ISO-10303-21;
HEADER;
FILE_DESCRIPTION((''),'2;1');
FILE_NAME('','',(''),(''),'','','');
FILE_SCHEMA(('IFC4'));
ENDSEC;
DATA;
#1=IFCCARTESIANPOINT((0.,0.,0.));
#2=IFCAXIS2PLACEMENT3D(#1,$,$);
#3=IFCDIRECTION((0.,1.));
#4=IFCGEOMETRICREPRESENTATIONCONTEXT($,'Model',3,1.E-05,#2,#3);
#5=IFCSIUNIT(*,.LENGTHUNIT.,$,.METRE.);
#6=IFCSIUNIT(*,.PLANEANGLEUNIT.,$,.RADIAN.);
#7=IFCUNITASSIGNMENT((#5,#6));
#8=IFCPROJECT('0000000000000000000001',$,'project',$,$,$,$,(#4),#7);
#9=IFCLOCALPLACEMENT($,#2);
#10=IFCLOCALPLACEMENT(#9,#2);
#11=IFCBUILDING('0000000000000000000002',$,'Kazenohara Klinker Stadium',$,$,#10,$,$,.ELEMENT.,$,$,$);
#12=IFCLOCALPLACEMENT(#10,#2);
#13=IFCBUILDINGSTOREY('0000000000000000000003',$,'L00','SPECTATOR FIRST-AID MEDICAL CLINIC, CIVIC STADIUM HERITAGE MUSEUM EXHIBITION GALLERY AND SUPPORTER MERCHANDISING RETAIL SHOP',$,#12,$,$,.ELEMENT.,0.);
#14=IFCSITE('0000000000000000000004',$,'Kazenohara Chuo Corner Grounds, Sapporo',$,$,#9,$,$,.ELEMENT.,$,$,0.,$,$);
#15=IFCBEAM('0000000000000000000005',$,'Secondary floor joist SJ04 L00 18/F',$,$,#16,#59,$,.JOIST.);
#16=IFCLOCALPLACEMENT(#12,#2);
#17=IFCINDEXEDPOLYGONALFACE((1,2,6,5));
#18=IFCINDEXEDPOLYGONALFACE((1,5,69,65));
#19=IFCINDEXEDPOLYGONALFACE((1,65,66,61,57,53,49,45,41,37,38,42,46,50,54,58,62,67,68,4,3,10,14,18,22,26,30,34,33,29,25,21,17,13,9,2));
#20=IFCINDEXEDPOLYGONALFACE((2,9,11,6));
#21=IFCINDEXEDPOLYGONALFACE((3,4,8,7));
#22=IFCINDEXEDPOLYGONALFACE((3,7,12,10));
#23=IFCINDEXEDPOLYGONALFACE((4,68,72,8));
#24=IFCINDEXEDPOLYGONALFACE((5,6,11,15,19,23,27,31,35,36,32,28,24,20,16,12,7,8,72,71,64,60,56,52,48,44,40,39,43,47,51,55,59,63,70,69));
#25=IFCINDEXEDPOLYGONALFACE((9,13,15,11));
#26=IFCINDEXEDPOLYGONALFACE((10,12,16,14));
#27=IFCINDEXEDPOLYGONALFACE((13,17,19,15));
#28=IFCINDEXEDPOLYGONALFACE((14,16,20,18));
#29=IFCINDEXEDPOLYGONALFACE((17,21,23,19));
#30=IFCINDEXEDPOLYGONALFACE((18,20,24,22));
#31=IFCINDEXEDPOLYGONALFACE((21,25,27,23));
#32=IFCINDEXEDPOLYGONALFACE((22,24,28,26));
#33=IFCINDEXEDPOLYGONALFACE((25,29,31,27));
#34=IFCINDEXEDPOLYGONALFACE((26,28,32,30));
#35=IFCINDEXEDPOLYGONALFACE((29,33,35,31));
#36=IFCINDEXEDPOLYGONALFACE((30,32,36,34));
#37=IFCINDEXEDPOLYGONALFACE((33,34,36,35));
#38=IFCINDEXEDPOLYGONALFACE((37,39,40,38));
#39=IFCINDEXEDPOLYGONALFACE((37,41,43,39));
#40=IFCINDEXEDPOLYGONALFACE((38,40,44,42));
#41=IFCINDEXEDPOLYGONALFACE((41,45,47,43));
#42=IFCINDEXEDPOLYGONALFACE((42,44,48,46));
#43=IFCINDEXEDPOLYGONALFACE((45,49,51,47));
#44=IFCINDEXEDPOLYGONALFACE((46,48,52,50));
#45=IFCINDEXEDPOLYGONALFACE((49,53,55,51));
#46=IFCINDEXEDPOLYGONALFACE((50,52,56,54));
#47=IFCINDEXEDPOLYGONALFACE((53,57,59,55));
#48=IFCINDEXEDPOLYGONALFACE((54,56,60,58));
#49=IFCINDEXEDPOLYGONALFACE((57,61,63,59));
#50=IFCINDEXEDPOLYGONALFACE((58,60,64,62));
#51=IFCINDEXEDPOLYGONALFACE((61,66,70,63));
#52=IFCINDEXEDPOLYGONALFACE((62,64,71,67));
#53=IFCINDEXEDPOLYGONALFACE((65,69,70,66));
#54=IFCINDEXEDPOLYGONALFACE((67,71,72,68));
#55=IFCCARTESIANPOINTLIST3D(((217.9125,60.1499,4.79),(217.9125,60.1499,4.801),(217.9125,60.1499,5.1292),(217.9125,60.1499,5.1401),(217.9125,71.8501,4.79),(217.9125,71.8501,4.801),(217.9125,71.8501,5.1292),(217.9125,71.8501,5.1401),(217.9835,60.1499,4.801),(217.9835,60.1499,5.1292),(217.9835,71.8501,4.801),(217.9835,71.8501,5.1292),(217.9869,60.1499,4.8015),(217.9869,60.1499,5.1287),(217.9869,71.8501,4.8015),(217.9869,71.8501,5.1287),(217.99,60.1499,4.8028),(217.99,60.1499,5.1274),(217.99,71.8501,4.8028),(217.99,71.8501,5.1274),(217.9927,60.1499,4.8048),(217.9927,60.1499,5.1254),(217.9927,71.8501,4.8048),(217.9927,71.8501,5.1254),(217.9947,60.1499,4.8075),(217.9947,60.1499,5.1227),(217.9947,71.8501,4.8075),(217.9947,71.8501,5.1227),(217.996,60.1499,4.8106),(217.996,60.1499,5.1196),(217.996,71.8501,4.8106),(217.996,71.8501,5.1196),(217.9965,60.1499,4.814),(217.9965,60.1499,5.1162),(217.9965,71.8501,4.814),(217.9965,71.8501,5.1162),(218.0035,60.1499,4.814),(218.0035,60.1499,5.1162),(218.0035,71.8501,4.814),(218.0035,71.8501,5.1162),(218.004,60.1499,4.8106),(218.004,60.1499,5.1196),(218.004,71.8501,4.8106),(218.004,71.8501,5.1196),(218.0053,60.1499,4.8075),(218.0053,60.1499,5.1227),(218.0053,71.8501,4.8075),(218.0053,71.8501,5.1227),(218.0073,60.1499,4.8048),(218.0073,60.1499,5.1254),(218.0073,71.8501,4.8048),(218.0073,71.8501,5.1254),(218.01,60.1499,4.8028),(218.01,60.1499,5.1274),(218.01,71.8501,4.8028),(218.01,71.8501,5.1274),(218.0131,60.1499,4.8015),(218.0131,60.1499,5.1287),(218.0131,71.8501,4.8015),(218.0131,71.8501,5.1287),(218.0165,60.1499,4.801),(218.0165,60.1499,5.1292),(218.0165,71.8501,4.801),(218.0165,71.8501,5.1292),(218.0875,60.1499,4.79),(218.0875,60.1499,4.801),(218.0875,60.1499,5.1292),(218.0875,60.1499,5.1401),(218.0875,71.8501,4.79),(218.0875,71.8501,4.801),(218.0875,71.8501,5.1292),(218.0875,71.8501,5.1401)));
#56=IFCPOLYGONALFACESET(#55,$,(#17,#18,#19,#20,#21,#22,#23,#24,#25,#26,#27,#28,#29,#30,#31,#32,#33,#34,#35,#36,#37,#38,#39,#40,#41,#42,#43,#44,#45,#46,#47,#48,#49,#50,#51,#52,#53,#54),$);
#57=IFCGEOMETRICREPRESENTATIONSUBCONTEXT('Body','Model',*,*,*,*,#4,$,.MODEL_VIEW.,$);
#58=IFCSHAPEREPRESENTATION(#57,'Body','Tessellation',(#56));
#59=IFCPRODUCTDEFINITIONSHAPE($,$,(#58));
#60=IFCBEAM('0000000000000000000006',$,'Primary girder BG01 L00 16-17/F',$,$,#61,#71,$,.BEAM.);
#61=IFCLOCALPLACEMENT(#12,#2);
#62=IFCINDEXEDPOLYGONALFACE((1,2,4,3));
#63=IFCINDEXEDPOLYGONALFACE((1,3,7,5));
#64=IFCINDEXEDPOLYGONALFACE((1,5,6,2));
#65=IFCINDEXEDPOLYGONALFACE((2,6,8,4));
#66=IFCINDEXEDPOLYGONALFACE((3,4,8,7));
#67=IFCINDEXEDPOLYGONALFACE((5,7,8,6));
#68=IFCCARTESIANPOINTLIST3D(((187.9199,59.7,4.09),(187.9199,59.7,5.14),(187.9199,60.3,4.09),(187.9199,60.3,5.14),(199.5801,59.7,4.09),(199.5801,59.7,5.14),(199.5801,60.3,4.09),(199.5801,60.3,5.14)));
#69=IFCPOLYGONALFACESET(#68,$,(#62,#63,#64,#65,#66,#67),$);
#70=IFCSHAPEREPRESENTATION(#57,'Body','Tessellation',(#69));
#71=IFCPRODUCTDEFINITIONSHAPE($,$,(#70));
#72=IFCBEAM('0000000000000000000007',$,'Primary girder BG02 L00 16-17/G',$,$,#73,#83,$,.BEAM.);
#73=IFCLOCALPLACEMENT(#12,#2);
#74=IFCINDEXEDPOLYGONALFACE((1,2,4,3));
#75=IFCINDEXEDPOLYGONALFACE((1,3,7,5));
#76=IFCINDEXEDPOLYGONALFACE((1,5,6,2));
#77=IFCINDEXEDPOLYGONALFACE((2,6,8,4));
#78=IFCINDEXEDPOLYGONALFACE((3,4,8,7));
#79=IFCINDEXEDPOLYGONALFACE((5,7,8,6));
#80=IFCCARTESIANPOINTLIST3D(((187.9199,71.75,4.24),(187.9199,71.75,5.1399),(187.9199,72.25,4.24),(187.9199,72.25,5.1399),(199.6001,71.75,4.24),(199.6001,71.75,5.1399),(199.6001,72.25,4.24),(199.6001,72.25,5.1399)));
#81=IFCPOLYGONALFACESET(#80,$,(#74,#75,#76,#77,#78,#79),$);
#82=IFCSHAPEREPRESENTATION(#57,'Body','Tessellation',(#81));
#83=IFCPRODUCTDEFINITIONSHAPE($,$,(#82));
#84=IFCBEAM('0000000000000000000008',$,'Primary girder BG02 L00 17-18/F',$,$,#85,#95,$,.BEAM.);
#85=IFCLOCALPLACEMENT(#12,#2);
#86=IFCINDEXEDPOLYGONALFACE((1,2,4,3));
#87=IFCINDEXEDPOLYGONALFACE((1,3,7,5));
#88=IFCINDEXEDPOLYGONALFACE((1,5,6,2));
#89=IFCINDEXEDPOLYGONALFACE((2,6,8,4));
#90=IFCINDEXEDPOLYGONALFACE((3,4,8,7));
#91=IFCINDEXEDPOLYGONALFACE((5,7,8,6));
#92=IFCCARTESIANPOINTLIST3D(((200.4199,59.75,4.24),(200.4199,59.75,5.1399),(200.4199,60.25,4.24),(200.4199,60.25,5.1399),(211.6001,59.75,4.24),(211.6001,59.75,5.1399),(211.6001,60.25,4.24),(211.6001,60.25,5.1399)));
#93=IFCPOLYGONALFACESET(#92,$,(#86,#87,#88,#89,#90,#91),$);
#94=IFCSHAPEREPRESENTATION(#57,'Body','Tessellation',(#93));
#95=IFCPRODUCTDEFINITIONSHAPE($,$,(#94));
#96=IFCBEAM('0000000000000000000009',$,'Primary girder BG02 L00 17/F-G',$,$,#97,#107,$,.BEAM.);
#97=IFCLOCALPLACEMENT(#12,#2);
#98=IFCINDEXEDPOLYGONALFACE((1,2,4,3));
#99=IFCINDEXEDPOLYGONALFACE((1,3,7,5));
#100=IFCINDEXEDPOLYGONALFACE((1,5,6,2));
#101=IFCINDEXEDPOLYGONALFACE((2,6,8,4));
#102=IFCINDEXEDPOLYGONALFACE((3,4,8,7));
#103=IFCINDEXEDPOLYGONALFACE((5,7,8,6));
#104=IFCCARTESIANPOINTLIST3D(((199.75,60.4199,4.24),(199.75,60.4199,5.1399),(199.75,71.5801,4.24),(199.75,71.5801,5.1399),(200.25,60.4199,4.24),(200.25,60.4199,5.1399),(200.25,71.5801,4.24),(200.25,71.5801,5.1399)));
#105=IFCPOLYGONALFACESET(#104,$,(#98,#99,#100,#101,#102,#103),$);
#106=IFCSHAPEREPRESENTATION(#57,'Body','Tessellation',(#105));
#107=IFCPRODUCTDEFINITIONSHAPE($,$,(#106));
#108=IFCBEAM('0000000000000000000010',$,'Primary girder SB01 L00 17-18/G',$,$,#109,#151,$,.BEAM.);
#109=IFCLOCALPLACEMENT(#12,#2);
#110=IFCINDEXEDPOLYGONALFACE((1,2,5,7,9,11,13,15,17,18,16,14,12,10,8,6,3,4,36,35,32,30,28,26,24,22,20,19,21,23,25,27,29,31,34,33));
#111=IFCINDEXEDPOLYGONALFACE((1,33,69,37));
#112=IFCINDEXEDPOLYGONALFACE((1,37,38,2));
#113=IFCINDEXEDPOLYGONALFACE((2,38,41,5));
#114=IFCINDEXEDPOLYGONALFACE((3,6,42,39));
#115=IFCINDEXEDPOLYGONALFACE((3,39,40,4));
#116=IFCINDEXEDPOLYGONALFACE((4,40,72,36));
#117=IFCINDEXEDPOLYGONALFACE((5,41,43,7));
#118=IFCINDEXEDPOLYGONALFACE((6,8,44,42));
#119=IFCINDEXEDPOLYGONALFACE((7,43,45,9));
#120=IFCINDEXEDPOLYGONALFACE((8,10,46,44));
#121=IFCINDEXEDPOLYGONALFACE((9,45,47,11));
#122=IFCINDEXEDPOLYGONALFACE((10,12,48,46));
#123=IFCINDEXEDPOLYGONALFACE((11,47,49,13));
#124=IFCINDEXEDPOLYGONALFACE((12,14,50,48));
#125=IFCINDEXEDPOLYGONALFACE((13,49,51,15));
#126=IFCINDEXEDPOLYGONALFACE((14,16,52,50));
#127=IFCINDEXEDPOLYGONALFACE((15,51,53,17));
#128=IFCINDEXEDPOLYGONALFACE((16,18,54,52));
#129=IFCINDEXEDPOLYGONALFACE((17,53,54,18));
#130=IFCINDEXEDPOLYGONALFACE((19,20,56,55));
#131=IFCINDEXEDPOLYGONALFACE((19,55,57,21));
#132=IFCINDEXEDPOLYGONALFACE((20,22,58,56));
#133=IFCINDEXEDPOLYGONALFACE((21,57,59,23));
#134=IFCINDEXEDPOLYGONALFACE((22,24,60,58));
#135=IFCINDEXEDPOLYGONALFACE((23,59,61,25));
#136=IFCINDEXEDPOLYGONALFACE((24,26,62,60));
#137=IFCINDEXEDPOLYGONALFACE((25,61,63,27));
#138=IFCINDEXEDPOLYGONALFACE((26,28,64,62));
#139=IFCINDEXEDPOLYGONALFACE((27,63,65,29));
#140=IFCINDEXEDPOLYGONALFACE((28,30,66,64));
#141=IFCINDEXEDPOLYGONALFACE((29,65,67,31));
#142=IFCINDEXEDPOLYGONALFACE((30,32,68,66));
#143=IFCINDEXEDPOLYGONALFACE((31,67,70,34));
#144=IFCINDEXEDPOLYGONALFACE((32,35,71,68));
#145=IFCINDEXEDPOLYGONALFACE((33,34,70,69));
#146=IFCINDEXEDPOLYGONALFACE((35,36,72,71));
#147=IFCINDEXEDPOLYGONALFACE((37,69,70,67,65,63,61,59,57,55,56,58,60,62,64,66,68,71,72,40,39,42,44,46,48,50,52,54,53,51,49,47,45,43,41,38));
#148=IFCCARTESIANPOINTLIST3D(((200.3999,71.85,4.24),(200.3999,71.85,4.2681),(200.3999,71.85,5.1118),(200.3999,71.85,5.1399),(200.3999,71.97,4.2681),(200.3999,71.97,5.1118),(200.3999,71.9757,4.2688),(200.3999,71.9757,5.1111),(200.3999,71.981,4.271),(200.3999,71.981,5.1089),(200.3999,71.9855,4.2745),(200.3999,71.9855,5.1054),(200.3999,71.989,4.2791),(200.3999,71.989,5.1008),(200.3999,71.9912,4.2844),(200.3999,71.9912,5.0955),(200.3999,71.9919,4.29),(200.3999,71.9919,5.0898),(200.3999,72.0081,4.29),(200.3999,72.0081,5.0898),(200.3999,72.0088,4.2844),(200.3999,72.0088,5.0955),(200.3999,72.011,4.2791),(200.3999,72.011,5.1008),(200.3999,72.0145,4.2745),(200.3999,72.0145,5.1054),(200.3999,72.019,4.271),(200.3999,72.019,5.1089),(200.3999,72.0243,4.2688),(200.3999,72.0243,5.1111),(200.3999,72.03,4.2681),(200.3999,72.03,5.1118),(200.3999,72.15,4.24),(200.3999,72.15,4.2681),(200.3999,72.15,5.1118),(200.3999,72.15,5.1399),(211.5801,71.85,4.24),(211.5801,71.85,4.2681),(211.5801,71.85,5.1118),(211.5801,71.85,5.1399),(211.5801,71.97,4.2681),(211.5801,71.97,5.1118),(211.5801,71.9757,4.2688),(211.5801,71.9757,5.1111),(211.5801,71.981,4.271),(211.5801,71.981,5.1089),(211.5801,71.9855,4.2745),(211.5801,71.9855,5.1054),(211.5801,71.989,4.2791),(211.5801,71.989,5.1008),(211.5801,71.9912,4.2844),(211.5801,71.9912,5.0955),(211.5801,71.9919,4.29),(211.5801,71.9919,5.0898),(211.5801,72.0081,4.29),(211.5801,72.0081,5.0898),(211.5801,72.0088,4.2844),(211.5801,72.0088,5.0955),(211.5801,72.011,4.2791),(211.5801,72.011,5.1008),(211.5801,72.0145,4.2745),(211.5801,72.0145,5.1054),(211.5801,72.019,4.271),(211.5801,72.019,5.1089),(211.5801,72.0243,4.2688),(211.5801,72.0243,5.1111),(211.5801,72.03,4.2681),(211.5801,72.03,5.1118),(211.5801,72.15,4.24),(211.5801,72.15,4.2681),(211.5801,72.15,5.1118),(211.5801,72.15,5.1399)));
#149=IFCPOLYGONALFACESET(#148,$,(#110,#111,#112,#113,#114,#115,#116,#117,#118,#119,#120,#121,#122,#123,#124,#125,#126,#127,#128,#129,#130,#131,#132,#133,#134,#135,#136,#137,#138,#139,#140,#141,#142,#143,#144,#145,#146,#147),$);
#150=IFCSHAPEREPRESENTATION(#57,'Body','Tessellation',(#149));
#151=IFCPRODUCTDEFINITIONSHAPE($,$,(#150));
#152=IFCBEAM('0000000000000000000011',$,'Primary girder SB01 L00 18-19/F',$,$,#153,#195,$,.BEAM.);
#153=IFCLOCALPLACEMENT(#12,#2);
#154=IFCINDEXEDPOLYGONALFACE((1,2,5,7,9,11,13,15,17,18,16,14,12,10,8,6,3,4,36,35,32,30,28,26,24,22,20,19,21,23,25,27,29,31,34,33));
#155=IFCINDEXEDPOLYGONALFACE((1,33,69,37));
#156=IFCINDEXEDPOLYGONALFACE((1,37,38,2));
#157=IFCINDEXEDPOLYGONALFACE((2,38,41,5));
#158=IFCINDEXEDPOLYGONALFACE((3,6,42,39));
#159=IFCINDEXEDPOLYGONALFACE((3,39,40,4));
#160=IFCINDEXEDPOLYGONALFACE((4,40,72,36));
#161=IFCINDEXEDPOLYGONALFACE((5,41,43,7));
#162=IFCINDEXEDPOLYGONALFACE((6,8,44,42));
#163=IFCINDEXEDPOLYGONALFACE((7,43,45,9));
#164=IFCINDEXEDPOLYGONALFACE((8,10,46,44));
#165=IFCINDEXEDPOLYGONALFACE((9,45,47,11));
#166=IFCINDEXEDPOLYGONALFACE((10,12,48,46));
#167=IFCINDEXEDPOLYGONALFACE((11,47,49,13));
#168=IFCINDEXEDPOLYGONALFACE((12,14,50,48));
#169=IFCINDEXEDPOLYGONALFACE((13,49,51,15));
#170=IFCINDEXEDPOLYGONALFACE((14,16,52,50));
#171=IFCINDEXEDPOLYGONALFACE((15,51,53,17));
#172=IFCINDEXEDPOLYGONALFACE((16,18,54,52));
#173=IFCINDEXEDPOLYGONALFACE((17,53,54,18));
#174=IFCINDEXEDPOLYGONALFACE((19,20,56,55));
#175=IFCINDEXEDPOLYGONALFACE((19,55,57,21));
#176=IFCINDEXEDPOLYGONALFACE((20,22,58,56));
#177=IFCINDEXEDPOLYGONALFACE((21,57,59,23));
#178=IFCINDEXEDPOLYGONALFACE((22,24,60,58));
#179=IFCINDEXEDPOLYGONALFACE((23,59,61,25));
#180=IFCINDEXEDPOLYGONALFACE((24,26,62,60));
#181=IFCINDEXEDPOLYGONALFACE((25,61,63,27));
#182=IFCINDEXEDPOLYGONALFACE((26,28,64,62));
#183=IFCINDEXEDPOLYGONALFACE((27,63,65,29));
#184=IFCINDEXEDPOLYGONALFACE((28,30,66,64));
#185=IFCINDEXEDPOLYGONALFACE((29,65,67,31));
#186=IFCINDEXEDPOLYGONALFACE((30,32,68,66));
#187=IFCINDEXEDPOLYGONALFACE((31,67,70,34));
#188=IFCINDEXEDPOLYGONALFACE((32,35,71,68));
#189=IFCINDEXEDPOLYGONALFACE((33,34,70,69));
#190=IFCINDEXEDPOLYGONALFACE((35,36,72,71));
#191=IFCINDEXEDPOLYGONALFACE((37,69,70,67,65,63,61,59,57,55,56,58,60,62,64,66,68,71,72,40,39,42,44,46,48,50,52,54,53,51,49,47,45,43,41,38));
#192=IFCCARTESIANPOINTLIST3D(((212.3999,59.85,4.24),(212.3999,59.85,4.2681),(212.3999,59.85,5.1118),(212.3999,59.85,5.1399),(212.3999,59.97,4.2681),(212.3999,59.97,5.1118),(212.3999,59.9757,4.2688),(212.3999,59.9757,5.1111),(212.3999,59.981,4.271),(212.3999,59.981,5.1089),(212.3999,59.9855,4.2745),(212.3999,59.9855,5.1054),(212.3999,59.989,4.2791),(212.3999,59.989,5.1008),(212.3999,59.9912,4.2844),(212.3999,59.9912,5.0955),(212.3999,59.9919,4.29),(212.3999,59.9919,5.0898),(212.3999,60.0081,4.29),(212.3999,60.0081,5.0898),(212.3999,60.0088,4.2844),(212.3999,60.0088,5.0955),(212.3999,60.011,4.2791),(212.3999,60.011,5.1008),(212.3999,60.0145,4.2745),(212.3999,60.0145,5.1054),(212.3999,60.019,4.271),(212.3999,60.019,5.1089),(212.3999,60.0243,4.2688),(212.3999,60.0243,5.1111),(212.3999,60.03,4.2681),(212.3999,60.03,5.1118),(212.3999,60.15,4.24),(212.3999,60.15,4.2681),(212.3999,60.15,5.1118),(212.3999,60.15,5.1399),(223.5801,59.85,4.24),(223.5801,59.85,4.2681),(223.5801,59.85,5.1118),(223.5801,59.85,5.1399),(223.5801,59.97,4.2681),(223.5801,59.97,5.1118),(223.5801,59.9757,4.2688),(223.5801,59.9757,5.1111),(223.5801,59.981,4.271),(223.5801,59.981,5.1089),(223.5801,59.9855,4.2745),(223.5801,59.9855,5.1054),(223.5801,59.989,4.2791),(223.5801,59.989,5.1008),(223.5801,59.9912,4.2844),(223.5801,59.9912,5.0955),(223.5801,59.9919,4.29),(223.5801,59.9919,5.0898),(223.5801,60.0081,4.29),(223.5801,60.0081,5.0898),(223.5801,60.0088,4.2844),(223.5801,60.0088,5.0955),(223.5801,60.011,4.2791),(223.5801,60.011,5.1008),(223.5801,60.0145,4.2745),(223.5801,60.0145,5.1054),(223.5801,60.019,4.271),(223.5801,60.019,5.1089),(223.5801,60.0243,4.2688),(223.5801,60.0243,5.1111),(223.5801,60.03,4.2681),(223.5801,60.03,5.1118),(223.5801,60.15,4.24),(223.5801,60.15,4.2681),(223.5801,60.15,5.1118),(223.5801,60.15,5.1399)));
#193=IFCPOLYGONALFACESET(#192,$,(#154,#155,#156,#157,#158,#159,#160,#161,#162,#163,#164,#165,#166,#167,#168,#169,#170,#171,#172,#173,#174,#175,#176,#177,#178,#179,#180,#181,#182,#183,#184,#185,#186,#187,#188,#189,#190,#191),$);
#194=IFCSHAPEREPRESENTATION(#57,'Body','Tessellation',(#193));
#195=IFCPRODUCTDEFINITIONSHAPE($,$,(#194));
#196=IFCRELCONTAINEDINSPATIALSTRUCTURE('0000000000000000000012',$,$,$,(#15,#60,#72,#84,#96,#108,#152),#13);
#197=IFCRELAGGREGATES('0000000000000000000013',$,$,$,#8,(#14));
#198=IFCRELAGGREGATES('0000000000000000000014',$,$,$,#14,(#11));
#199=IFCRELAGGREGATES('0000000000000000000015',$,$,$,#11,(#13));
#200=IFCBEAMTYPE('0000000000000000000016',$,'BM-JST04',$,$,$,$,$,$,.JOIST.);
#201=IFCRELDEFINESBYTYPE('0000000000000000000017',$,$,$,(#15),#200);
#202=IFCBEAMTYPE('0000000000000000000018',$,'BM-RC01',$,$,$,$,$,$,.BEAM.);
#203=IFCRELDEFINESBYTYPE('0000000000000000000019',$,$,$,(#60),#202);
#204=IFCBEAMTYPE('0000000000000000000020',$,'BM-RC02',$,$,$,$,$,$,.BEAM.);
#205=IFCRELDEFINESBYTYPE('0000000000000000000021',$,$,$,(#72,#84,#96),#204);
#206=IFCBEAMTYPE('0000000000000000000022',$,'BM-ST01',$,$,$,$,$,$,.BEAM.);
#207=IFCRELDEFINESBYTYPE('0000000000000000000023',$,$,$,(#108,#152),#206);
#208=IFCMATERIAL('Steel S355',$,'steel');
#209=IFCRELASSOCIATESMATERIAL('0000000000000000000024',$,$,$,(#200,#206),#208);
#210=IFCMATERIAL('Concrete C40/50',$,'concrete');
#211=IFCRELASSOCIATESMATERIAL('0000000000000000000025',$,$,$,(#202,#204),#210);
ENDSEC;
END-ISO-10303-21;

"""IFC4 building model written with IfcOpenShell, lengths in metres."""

from ifc_helpers import new_model, si_unit, direction, frame, origin, origin_2d, place, context, subcontext, project, spatial, rectangle, i_section, extrude, material, material_profile, profile_set, type_object, element, save


model = new_model("IFC4")

# Units and contexts
model_context = context("Model", 3, precision=1e-05, world=origin(), true_north=direction((0.0, 1.0)))
body_context = subcontext(model_context, "Body", "Model", "MODEL_VIEW")
ifc_project = project(units=[si_unit("LENGTHUNIT", "METRE"), si_unit("PLANEANGLEUNIT", "RADIAN")], contexts=[model_context])

# Site, building, storey
site_placement = place(None, origin())
site = spatial("IfcSite", under=ifc_project, at=site_placement, Name="Kazenohara Chuo Corner Grounds, Sapporo", CompositionType="ELEMENT", RefElevation=0.0)
building_placement = place(site_placement, origin())
building = spatial("IfcBuilding", under=site, at=building_placement, Name="Kazenohara Klinker Stadium", CompositionType="ELEMENT")
storey_placement = place(building_placement, origin())
storey = spatial("IfcBuildingStorey", under=building, at=storey_placement, Name="L00", Description="SPECTATOR FIRST-AID MEDICAL CLINIC, CIVIC STADIUM HERITAGE MUSEUM EXHIBITION GALLERY AND SUPPORTER MERCHANDISING RETAIL SHOP", CompositionType="ELEMENT", Elevation=0.0)

# Shared definitions
ifc_material_1 = material(Name="Concrete C40/50", Category="concrete")

# Beams
ifc_material_2 = material(Name="Steel S355", Category="steel")
ifc_material_profile_1 = material_profile(ifc_material_2, i_section(OverallWidth=0.175, OverallDepth=0.3501, WebThickness=0.0071, FlangeThickness=0.011, FilletRadius=0.0129, at=origin_2d()), Name="H-350x175x7x11")
ifc_profile_set_1 = profile_set([ifc_material_profile_1], Name="Steel S355")
beam_type_1 = type_object("IfcBeamType", Name="BM-JST04", PredefinedType="JOIST", material=ifc_profile_set_1)
beam_1_placement = place(storey_placement, frame((218.0, 60.1499, 4.9651), z_axis=(0.0, 1.0, 0.0), x_axis=(-1.0, 0.0, 0.0)))
element("IfcBeam", 1, at=beam_1_placement, inside=storey, type_object=beam_type_1, Name="Secondary floor joist SJ04 L00 18/F", PredefinedType="JOIST", context=body_context, shape_type="SweptSolid", body=[
    extrude(i_section(OverallWidth=0.175, OverallDepth=0.3501, WebThickness=0.0071, FlangeThickness=0.011, FilletRadius=0.0129, at=origin_2d()), origin(), (0.0, 0.0, 1.0), 11.7002),
])
ifc_material_profile_2 = material_profile(ifc_material_1, rectangle(XDim=0.6001, YDim=1.05, at=origin_2d()), Name="RC-BM-600x1050")
ifc_profile_set_2 = profile_set([ifc_material_profile_2], Name="Concrete C40/50")
beam_type_2 = type_object("IfcBeamType", Name="BM-RC01", PredefinedType="BEAM", material=ifc_profile_set_2)
beam_2_placement = place(storey_placement, frame((187.9199, 60.0, 4.615), z_axis=(1.0, 0.0, 0.0), x_axis=(0.0, 1.0, 0.0)))
element("IfcBeam", 2, at=beam_2_placement, inside=storey, type_object=beam_type_2, Name="Primary girder BG01 L00 16-17/F", PredefinedType="BEAM", context=body_context, shape_type="SweptSolid", body=[
    extrude(rectangle(XDim=0.6001, YDim=1.05, at=origin_2d()), origin(), (0.0, 0.0, 1.0), 11.6602),
])
ifc_material_profile_3 = material_profile(ifc_material_1, rectangle(XDim=0.5, YDim=0.8999, at=origin_2d()), Name="RC-BM-500x900")
ifc_profile_set_3 = profile_set([ifc_material_profile_3], Name="Concrete C40/50")
beam_type_3 = type_object("IfcBeamType", Name="BM-RC02", PredefinedType="BEAM", material=ifc_profile_set_3)
beam_3_placement = place(storey_placement, frame((187.9199, 72.0, 4.6899), z_axis=(1.0, 0.0, 0.0), x_axis=(0.0, 1.0, 0.0)))
element("IfcBeam", 3, at=beam_3_placement, inside=storey, type_object=beam_type_3, Name="Primary girder BG02 L00 16-17/G", PredefinedType="BEAM", context=body_context, shape_type="SweptSolid", body=[
    extrude(rectangle(XDim=0.5, YDim=0.8999, at=origin_2d()), origin(), (0.0, 0.0, 1.0), 11.6802),
])
beam_4_placement = place(storey_placement, frame((200.4199, 60.0, 4.6899), z_axis=(1.0, 0.0, 0.0), x_axis=(0.0, 1.0, 0.0)))
element("IfcBeam", 4, at=beam_4_placement, inside=storey, type_object=beam_type_3, Name="Primary girder BG02 L00 17-18/F", PredefinedType="BEAM", context=body_context, shape_type="SweptSolid", body=[
    extrude(rectangle(XDim=0.5, YDim=0.8999, at=origin_2d()), origin(), (0.0, 0.0, 1.0), 11.1802),
])
beam_5_placement = place(storey_placement, frame((200.0, 60.4199, 4.6899), z_axis=(0.0, 1.0, 0.0), x_axis=(-1.0, 0.0, 0.0)))
element("IfcBeam", 5, at=beam_5_placement, inside=storey, type_object=beam_type_3, Name="Primary girder BG02 L00 17/F-G", PredefinedType="BEAM", context=body_context, shape_type="SweptSolid", body=[
    extrude(rectangle(XDim=0.5, YDim=0.8999, at=origin_2d()), origin(), (0.0, 0.0, 1.0), 11.1602),
])
ifc_material_profile_4 = material_profile(ifc_material_2, i_section(OverallWidth=0.3, OverallDepth=0.8999, WebThickness=0.0161, FlangeThickness=0.0281, FilletRadius=0.022, at=origin_2d()), Name="H-900x300x16x28")
ifc_profile_set_4 = profile_set([ifc_material_profile_4], Name="Steel S355")
beam_type_4 = type_object("IfcBeamType", Name="BM-ST01", PredefinedType="BEAM", material=ifc_profile_set_4)
for number, where, z_axis, x_axis, name in (
    (6, (200.3999, 72.0, 4.6899), (1.0, 0.0, 0.0), (0.0, 1.0, 0.0), "Primary girder SB01 L00 17-18/G"),
    (7, (212.3999, 60.0, 4.6899), (1.0, 0.0, 0.0), (0.0, 1.0, 0.0), "Primary girder SB01 L00 18-19/F"),
):
    element("IfcBeam", number, at=place(storey_placement, frame(where, z_axis=z_axis, x_axis=x_axis)), inside=storey, type_object=beam_type_4, Name=name, PredefinedType="BEAM", context=body_context, shape_type="SweptSolid", body=[
        extrude(i_section(OverallWidth=0.3, OverallDepth=0.8999, WebThickness=0.0161, FlangeThickness=0.0281, FilletRadius=0.022, at=origin_2d()), origin(), (0.0, 0.0, 1.0), 11.1802),
    ])

save(model, "model.ifc")
